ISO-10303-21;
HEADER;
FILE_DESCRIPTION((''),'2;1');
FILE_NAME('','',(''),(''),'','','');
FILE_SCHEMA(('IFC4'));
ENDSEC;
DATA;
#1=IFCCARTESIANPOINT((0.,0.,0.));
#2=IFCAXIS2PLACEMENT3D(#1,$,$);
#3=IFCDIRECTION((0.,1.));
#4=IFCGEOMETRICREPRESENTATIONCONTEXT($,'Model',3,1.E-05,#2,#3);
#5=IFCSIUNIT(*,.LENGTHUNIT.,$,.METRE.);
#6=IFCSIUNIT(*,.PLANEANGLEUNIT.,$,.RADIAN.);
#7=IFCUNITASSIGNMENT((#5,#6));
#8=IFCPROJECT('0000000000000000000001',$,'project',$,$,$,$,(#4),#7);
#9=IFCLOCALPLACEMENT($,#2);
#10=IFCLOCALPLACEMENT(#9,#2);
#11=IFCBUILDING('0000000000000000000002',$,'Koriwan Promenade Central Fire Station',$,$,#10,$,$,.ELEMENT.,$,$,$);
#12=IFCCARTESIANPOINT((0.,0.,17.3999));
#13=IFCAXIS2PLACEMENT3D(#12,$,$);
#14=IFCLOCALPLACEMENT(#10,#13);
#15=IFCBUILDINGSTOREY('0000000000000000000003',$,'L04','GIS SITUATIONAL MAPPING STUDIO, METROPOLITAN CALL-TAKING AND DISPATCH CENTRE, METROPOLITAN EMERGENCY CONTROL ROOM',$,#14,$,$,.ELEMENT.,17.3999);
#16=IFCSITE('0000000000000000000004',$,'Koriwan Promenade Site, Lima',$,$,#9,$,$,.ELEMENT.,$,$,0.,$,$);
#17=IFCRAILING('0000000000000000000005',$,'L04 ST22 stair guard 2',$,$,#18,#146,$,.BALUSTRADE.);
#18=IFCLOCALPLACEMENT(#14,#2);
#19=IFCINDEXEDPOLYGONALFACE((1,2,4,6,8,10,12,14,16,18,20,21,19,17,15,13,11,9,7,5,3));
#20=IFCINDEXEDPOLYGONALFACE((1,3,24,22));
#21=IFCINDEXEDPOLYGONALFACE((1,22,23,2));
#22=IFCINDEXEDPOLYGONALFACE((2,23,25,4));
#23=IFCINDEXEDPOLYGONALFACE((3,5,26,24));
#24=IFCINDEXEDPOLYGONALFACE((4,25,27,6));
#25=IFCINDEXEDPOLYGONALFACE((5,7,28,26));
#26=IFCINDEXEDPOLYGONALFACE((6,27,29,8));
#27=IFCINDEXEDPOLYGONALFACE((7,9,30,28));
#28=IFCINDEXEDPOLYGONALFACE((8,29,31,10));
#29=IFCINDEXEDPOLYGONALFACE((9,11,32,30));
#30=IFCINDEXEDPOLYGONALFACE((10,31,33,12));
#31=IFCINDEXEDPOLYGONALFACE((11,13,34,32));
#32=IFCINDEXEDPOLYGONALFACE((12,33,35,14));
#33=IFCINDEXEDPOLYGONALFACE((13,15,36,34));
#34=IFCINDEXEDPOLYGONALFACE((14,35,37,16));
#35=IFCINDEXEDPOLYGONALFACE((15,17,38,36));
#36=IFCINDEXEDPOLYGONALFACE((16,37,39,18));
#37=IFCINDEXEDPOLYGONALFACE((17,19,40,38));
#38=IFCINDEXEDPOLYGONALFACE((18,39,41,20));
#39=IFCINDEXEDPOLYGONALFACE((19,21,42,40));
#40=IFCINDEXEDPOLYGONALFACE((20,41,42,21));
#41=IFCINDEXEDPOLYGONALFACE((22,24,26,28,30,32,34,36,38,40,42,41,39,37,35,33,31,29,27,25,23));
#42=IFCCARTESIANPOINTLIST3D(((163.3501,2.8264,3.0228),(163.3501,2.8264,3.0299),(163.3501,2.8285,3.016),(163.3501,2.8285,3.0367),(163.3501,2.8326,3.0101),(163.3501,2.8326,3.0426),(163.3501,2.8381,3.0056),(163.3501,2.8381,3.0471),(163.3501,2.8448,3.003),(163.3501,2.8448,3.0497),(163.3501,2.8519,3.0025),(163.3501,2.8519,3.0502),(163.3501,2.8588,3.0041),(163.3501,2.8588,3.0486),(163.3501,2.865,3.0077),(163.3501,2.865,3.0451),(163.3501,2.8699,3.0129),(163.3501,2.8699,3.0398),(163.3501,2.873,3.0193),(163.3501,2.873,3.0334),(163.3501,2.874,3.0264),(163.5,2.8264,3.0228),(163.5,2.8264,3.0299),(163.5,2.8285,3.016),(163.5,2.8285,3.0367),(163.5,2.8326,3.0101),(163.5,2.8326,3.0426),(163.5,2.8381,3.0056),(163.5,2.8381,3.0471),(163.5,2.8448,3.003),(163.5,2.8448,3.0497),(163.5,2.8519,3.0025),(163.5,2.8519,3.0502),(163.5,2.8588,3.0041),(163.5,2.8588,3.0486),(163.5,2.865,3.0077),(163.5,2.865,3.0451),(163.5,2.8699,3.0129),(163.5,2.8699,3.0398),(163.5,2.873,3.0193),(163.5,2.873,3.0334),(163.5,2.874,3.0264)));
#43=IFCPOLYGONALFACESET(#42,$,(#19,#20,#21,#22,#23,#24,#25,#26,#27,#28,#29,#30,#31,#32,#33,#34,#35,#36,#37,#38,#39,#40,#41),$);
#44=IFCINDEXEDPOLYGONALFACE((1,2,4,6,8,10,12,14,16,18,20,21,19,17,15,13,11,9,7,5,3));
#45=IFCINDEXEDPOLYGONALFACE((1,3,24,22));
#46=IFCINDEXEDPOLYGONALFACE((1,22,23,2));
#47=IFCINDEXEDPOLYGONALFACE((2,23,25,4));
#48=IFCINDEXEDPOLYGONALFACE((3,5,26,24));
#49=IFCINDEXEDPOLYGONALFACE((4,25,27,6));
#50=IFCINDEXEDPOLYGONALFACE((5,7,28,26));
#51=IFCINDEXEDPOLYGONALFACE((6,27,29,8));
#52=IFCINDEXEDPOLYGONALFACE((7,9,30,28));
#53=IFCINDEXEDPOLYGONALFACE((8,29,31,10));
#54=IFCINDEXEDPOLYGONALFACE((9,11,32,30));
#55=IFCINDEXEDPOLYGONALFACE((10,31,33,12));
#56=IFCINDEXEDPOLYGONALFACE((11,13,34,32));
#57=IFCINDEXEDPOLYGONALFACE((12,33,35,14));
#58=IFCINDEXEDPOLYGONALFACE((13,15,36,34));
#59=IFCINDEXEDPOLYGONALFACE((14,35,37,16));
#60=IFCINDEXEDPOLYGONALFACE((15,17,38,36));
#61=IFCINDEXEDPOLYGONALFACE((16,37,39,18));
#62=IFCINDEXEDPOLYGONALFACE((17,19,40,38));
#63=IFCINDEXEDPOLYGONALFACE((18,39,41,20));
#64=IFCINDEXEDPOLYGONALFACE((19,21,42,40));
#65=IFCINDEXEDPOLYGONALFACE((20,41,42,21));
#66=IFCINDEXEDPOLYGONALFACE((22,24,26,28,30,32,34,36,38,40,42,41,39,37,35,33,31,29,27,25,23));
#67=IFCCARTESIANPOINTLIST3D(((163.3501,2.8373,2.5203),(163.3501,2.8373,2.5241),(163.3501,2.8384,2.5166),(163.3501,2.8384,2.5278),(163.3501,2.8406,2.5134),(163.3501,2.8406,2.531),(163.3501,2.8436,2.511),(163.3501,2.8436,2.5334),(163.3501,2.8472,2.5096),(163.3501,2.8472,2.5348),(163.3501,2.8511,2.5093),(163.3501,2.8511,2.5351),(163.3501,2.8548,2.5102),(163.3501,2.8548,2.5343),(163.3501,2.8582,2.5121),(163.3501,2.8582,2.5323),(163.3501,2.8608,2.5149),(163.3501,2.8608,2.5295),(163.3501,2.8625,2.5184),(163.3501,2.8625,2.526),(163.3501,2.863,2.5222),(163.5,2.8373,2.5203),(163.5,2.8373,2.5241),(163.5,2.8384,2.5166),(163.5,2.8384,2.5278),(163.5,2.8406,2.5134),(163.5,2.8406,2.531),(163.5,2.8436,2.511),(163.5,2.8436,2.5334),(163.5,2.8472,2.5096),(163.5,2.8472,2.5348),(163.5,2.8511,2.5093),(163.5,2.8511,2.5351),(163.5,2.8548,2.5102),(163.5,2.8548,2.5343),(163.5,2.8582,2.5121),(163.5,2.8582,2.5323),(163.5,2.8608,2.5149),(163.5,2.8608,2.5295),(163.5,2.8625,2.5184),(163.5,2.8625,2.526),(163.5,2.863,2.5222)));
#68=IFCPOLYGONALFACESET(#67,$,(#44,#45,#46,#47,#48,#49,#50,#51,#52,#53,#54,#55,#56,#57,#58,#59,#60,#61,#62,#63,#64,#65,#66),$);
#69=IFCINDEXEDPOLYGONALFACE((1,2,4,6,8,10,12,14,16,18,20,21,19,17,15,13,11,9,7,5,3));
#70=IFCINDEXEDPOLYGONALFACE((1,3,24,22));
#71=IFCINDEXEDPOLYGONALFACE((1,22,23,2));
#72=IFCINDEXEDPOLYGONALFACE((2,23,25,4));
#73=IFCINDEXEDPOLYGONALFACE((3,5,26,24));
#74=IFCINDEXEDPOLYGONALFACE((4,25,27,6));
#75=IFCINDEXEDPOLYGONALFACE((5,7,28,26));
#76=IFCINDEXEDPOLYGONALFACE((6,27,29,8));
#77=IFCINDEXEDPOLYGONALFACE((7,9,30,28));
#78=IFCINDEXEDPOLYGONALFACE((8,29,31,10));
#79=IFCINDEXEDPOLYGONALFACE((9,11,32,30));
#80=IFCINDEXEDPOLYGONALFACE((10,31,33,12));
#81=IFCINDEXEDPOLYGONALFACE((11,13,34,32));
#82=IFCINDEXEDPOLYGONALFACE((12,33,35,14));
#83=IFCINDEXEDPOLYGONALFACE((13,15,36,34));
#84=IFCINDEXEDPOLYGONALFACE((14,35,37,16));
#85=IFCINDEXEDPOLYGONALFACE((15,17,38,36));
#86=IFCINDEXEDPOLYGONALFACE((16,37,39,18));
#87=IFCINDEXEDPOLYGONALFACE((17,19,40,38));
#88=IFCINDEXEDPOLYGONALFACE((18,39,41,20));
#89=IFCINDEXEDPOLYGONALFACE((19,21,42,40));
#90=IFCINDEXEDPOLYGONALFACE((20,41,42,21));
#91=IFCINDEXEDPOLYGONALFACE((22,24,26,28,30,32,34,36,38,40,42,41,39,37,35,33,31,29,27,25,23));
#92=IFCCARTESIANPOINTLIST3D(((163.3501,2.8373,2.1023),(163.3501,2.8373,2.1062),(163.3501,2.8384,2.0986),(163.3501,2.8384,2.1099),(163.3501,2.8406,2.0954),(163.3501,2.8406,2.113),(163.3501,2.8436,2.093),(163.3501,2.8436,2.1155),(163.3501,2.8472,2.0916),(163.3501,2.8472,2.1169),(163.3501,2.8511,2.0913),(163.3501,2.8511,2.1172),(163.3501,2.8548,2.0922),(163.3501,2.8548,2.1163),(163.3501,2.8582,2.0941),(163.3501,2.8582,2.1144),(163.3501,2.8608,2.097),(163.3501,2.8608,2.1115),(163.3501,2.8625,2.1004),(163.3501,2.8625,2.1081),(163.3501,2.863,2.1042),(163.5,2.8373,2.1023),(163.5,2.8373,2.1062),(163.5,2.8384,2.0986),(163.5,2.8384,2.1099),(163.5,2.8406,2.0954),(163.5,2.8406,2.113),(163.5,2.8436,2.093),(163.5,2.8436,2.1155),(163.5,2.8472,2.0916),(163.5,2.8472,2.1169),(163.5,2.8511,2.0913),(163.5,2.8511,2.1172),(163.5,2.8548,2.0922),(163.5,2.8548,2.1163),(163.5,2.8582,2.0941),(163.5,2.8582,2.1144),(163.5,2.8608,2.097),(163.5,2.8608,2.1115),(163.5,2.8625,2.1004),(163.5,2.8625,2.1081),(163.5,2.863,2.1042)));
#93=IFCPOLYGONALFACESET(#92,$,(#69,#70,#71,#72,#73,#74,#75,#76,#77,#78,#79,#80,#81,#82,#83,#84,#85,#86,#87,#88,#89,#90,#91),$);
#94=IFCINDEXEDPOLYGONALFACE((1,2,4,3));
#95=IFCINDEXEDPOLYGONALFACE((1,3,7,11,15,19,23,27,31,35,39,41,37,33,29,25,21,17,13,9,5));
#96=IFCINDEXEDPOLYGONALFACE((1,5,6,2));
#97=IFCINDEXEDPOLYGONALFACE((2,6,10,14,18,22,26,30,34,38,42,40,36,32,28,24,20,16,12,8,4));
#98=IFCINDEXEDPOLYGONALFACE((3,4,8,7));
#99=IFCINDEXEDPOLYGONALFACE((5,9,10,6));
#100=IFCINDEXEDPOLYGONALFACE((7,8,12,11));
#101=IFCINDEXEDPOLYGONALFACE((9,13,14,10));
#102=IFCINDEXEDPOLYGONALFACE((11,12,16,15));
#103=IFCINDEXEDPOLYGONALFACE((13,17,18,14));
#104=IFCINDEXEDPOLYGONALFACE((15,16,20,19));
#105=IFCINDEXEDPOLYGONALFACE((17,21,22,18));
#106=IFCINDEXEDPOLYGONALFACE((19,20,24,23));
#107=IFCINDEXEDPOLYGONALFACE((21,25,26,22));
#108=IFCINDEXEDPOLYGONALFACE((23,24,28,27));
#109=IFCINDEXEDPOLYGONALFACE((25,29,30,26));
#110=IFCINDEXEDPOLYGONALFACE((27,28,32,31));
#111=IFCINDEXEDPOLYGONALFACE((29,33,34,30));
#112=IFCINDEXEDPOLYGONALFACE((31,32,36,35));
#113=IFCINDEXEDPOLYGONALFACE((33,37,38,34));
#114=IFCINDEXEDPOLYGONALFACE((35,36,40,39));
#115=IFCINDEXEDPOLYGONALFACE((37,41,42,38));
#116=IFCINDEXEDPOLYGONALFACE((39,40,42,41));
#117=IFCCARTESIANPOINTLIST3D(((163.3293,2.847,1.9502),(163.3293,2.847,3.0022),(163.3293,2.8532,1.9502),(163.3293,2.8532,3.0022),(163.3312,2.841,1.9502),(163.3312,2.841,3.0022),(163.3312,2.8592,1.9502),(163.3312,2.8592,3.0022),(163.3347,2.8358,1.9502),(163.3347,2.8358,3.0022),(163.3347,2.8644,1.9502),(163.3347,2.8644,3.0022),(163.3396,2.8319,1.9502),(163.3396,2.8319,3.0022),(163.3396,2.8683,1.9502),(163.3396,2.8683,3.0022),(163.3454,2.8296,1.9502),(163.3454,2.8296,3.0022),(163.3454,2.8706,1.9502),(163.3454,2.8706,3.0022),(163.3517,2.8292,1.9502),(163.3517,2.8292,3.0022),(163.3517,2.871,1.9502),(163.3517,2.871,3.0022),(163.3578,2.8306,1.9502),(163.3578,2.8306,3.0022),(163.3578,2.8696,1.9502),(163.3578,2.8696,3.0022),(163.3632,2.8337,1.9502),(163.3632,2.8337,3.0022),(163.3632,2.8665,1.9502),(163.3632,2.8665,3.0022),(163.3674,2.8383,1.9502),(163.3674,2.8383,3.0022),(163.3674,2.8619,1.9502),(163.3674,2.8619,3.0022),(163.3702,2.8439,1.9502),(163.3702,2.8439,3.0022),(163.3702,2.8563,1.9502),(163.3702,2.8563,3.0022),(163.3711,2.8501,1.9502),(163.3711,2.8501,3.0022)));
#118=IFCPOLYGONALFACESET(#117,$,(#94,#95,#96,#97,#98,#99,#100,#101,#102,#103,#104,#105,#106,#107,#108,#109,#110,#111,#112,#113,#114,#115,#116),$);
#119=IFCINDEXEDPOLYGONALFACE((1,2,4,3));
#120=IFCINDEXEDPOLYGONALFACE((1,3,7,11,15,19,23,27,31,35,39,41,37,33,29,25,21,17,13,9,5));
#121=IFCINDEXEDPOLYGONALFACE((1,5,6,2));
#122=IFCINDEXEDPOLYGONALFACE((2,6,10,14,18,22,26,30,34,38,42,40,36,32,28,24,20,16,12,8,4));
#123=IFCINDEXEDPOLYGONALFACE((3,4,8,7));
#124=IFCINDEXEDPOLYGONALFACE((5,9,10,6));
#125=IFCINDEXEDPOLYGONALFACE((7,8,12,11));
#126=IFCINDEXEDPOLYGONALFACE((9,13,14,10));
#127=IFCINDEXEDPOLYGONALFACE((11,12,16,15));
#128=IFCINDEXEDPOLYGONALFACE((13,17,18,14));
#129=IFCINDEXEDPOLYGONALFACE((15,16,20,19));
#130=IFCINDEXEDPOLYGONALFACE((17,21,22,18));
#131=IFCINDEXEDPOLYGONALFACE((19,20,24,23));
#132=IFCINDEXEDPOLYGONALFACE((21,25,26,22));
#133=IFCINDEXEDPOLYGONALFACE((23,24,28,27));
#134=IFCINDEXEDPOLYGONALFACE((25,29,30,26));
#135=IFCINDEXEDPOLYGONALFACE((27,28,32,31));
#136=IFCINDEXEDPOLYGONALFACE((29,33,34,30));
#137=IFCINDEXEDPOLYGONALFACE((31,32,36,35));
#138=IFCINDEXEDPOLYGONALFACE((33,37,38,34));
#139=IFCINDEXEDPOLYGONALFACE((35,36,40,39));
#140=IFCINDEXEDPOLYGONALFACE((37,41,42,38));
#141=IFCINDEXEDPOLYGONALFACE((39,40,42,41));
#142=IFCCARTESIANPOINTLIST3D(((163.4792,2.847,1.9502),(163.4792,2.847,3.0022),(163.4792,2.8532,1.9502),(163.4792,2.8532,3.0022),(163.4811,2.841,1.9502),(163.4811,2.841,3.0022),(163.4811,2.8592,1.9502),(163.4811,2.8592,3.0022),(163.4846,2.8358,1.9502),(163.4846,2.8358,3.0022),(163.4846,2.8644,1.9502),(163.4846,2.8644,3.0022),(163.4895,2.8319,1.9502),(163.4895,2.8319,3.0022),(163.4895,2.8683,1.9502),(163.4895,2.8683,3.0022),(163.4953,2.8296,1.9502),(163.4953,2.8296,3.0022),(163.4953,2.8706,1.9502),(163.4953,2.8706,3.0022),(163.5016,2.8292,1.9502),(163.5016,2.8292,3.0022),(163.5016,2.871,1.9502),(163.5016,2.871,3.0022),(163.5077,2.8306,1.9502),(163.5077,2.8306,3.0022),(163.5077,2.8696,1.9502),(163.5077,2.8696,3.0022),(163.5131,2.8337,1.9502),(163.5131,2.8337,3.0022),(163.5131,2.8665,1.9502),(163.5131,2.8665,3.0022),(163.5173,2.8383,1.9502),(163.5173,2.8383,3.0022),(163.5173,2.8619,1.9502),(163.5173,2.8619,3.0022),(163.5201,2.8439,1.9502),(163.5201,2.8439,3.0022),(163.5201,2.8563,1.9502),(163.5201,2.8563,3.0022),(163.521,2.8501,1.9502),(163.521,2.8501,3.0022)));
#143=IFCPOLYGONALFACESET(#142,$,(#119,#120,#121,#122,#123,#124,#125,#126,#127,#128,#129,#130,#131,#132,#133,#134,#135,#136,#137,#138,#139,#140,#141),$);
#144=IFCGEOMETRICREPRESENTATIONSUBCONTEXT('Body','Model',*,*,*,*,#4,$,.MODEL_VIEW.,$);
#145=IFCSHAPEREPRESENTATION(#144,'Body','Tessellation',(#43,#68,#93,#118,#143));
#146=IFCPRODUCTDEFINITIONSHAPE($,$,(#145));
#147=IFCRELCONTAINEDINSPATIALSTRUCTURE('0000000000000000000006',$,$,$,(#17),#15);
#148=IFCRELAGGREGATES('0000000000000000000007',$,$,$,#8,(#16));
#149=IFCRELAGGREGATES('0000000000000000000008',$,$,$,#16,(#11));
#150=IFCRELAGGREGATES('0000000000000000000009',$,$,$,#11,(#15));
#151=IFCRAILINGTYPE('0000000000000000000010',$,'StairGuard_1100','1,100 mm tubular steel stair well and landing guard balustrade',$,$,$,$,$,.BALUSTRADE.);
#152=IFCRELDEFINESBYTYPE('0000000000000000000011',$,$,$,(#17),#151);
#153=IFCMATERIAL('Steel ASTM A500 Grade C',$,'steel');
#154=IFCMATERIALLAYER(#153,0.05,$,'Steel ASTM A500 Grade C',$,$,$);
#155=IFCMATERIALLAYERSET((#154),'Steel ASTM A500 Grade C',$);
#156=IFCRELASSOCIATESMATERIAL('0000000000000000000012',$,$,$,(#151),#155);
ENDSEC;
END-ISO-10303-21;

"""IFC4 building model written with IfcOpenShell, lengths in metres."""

from ifc_helpers import new_model, si_unit, direction, frame, origin, origin_2d, place, context, subcontext, project, spatial, circle, extrude, material, layer, layer_set, type_object, element, save


model = new_model("IFC4")

# Units and contexts
model_context = context("Model", 3, precision=1e-05, world=origin(), true_north=direction((0.0, 1.0)))
body_context = subcontext(model_context, "Body", "Model", "MODEL_VIEW")
ifc_project = project(units=[si_unit("LENGTHUNIT", "METRE"), si_unit("PLANEANGLEUNIT", "RADIAN")], contexts=[model_context])

# Site, building, storey
site_placement = place(None, origin())
site = spatial("IfcSite", under=ifc_project, at=site_placement, Name="Koriwan Promenade Site, Lima", CompositionType="ELEMENT", RefElevation=0.0)
building_placement = place(site_placement, origin())
building = spatial("IfcBuilding", under=site, at=building_placement, Name="Koriwan Promenade Central Fire Station", CompositionType="ELEMENT")
storey_placement = place(building_placement, frame((0.0, 0.0, 17.3999)))
storey = spatial("IfcBuildingStorey", under=building, at=storey_placement, Name="L04", Description="GIS SITUATIONAL MAPPING STUDIO, METROPOLITAN CALL-TAKING AND DISPATCH CENTRE, METROPOLITAN EMERGENCY CONTROL ROOM", CompositionType="ELEMENT", Elevation=17.3999)

# Railing
ifc_material_1 = material(Name="Steel ASTM A500 Grade C", Category="steel")
ifc_layer_1 = layer(ifc_material_1, 0.05, Name="Steel ASTM A500 Grade C")
ifc_layer_set_1 = layer_set([ifc_layer_1], Name="Steel ASTM A500 Grade C")
railing_type_1 = type_object("IfcRailingType", Name="StairGuard_1100", Description="1,100 mm tubular steel stair well and landing guard balustrade", PredefinedType="BALUSTRADE", material=ifc_layer_set_1)
railing_1_placement = place(storey_placement, frame((163.3501, 2.8501, 1.9502)))
element("IfcRailing", 1, at=railing_1_placement, inside=storey, type_object=railing_type_1, Name="L04 ST22 stair guard 2", PredefinedType="BALUSTRADE", context=body_context, shape_type="SweptSolid", body=[
    extrude(circle(Radius=0.0239, at=origin_2d()), frame((0.0, 0.0, 1.0762), z_axis=(1.0, 0.0, 0.0), x_axis=(0.0, 1.0, 0.0)), (0.0, 0.0, 1.0), 0.1499),
    extrude(circle(Radius=0.0129, at=origin_2d()), frame((0.0, 0.0, 0.572), z_axis=(1.0, 0.0, 0.0), x_axis=(0.0, 1.0, 0.0)), (0.0, 0.0, 1.0), 0.1499),
    extrude(circle(Radius=0.0129, at=origin_2d()), frame((0.0, 0.0, 0.1541), z_axis=(1.0, 0.0, 0.0), x_axis=(0.0, 1.0, 0.0)), (0.0, 0.0, 1.0), 0.1499),
    extrude(circle(Radius=0.021, at=origin_2d()), origin(), (0.0, 0.0, 1.0), 1.052),
    extrude(circle(Radius=0.021, at=origin_2d()), frame((0.1499, 0.0, 0.0)), (0.0, 0.0, 1.0), 1.052),
])

save(model, "model.ifc")
